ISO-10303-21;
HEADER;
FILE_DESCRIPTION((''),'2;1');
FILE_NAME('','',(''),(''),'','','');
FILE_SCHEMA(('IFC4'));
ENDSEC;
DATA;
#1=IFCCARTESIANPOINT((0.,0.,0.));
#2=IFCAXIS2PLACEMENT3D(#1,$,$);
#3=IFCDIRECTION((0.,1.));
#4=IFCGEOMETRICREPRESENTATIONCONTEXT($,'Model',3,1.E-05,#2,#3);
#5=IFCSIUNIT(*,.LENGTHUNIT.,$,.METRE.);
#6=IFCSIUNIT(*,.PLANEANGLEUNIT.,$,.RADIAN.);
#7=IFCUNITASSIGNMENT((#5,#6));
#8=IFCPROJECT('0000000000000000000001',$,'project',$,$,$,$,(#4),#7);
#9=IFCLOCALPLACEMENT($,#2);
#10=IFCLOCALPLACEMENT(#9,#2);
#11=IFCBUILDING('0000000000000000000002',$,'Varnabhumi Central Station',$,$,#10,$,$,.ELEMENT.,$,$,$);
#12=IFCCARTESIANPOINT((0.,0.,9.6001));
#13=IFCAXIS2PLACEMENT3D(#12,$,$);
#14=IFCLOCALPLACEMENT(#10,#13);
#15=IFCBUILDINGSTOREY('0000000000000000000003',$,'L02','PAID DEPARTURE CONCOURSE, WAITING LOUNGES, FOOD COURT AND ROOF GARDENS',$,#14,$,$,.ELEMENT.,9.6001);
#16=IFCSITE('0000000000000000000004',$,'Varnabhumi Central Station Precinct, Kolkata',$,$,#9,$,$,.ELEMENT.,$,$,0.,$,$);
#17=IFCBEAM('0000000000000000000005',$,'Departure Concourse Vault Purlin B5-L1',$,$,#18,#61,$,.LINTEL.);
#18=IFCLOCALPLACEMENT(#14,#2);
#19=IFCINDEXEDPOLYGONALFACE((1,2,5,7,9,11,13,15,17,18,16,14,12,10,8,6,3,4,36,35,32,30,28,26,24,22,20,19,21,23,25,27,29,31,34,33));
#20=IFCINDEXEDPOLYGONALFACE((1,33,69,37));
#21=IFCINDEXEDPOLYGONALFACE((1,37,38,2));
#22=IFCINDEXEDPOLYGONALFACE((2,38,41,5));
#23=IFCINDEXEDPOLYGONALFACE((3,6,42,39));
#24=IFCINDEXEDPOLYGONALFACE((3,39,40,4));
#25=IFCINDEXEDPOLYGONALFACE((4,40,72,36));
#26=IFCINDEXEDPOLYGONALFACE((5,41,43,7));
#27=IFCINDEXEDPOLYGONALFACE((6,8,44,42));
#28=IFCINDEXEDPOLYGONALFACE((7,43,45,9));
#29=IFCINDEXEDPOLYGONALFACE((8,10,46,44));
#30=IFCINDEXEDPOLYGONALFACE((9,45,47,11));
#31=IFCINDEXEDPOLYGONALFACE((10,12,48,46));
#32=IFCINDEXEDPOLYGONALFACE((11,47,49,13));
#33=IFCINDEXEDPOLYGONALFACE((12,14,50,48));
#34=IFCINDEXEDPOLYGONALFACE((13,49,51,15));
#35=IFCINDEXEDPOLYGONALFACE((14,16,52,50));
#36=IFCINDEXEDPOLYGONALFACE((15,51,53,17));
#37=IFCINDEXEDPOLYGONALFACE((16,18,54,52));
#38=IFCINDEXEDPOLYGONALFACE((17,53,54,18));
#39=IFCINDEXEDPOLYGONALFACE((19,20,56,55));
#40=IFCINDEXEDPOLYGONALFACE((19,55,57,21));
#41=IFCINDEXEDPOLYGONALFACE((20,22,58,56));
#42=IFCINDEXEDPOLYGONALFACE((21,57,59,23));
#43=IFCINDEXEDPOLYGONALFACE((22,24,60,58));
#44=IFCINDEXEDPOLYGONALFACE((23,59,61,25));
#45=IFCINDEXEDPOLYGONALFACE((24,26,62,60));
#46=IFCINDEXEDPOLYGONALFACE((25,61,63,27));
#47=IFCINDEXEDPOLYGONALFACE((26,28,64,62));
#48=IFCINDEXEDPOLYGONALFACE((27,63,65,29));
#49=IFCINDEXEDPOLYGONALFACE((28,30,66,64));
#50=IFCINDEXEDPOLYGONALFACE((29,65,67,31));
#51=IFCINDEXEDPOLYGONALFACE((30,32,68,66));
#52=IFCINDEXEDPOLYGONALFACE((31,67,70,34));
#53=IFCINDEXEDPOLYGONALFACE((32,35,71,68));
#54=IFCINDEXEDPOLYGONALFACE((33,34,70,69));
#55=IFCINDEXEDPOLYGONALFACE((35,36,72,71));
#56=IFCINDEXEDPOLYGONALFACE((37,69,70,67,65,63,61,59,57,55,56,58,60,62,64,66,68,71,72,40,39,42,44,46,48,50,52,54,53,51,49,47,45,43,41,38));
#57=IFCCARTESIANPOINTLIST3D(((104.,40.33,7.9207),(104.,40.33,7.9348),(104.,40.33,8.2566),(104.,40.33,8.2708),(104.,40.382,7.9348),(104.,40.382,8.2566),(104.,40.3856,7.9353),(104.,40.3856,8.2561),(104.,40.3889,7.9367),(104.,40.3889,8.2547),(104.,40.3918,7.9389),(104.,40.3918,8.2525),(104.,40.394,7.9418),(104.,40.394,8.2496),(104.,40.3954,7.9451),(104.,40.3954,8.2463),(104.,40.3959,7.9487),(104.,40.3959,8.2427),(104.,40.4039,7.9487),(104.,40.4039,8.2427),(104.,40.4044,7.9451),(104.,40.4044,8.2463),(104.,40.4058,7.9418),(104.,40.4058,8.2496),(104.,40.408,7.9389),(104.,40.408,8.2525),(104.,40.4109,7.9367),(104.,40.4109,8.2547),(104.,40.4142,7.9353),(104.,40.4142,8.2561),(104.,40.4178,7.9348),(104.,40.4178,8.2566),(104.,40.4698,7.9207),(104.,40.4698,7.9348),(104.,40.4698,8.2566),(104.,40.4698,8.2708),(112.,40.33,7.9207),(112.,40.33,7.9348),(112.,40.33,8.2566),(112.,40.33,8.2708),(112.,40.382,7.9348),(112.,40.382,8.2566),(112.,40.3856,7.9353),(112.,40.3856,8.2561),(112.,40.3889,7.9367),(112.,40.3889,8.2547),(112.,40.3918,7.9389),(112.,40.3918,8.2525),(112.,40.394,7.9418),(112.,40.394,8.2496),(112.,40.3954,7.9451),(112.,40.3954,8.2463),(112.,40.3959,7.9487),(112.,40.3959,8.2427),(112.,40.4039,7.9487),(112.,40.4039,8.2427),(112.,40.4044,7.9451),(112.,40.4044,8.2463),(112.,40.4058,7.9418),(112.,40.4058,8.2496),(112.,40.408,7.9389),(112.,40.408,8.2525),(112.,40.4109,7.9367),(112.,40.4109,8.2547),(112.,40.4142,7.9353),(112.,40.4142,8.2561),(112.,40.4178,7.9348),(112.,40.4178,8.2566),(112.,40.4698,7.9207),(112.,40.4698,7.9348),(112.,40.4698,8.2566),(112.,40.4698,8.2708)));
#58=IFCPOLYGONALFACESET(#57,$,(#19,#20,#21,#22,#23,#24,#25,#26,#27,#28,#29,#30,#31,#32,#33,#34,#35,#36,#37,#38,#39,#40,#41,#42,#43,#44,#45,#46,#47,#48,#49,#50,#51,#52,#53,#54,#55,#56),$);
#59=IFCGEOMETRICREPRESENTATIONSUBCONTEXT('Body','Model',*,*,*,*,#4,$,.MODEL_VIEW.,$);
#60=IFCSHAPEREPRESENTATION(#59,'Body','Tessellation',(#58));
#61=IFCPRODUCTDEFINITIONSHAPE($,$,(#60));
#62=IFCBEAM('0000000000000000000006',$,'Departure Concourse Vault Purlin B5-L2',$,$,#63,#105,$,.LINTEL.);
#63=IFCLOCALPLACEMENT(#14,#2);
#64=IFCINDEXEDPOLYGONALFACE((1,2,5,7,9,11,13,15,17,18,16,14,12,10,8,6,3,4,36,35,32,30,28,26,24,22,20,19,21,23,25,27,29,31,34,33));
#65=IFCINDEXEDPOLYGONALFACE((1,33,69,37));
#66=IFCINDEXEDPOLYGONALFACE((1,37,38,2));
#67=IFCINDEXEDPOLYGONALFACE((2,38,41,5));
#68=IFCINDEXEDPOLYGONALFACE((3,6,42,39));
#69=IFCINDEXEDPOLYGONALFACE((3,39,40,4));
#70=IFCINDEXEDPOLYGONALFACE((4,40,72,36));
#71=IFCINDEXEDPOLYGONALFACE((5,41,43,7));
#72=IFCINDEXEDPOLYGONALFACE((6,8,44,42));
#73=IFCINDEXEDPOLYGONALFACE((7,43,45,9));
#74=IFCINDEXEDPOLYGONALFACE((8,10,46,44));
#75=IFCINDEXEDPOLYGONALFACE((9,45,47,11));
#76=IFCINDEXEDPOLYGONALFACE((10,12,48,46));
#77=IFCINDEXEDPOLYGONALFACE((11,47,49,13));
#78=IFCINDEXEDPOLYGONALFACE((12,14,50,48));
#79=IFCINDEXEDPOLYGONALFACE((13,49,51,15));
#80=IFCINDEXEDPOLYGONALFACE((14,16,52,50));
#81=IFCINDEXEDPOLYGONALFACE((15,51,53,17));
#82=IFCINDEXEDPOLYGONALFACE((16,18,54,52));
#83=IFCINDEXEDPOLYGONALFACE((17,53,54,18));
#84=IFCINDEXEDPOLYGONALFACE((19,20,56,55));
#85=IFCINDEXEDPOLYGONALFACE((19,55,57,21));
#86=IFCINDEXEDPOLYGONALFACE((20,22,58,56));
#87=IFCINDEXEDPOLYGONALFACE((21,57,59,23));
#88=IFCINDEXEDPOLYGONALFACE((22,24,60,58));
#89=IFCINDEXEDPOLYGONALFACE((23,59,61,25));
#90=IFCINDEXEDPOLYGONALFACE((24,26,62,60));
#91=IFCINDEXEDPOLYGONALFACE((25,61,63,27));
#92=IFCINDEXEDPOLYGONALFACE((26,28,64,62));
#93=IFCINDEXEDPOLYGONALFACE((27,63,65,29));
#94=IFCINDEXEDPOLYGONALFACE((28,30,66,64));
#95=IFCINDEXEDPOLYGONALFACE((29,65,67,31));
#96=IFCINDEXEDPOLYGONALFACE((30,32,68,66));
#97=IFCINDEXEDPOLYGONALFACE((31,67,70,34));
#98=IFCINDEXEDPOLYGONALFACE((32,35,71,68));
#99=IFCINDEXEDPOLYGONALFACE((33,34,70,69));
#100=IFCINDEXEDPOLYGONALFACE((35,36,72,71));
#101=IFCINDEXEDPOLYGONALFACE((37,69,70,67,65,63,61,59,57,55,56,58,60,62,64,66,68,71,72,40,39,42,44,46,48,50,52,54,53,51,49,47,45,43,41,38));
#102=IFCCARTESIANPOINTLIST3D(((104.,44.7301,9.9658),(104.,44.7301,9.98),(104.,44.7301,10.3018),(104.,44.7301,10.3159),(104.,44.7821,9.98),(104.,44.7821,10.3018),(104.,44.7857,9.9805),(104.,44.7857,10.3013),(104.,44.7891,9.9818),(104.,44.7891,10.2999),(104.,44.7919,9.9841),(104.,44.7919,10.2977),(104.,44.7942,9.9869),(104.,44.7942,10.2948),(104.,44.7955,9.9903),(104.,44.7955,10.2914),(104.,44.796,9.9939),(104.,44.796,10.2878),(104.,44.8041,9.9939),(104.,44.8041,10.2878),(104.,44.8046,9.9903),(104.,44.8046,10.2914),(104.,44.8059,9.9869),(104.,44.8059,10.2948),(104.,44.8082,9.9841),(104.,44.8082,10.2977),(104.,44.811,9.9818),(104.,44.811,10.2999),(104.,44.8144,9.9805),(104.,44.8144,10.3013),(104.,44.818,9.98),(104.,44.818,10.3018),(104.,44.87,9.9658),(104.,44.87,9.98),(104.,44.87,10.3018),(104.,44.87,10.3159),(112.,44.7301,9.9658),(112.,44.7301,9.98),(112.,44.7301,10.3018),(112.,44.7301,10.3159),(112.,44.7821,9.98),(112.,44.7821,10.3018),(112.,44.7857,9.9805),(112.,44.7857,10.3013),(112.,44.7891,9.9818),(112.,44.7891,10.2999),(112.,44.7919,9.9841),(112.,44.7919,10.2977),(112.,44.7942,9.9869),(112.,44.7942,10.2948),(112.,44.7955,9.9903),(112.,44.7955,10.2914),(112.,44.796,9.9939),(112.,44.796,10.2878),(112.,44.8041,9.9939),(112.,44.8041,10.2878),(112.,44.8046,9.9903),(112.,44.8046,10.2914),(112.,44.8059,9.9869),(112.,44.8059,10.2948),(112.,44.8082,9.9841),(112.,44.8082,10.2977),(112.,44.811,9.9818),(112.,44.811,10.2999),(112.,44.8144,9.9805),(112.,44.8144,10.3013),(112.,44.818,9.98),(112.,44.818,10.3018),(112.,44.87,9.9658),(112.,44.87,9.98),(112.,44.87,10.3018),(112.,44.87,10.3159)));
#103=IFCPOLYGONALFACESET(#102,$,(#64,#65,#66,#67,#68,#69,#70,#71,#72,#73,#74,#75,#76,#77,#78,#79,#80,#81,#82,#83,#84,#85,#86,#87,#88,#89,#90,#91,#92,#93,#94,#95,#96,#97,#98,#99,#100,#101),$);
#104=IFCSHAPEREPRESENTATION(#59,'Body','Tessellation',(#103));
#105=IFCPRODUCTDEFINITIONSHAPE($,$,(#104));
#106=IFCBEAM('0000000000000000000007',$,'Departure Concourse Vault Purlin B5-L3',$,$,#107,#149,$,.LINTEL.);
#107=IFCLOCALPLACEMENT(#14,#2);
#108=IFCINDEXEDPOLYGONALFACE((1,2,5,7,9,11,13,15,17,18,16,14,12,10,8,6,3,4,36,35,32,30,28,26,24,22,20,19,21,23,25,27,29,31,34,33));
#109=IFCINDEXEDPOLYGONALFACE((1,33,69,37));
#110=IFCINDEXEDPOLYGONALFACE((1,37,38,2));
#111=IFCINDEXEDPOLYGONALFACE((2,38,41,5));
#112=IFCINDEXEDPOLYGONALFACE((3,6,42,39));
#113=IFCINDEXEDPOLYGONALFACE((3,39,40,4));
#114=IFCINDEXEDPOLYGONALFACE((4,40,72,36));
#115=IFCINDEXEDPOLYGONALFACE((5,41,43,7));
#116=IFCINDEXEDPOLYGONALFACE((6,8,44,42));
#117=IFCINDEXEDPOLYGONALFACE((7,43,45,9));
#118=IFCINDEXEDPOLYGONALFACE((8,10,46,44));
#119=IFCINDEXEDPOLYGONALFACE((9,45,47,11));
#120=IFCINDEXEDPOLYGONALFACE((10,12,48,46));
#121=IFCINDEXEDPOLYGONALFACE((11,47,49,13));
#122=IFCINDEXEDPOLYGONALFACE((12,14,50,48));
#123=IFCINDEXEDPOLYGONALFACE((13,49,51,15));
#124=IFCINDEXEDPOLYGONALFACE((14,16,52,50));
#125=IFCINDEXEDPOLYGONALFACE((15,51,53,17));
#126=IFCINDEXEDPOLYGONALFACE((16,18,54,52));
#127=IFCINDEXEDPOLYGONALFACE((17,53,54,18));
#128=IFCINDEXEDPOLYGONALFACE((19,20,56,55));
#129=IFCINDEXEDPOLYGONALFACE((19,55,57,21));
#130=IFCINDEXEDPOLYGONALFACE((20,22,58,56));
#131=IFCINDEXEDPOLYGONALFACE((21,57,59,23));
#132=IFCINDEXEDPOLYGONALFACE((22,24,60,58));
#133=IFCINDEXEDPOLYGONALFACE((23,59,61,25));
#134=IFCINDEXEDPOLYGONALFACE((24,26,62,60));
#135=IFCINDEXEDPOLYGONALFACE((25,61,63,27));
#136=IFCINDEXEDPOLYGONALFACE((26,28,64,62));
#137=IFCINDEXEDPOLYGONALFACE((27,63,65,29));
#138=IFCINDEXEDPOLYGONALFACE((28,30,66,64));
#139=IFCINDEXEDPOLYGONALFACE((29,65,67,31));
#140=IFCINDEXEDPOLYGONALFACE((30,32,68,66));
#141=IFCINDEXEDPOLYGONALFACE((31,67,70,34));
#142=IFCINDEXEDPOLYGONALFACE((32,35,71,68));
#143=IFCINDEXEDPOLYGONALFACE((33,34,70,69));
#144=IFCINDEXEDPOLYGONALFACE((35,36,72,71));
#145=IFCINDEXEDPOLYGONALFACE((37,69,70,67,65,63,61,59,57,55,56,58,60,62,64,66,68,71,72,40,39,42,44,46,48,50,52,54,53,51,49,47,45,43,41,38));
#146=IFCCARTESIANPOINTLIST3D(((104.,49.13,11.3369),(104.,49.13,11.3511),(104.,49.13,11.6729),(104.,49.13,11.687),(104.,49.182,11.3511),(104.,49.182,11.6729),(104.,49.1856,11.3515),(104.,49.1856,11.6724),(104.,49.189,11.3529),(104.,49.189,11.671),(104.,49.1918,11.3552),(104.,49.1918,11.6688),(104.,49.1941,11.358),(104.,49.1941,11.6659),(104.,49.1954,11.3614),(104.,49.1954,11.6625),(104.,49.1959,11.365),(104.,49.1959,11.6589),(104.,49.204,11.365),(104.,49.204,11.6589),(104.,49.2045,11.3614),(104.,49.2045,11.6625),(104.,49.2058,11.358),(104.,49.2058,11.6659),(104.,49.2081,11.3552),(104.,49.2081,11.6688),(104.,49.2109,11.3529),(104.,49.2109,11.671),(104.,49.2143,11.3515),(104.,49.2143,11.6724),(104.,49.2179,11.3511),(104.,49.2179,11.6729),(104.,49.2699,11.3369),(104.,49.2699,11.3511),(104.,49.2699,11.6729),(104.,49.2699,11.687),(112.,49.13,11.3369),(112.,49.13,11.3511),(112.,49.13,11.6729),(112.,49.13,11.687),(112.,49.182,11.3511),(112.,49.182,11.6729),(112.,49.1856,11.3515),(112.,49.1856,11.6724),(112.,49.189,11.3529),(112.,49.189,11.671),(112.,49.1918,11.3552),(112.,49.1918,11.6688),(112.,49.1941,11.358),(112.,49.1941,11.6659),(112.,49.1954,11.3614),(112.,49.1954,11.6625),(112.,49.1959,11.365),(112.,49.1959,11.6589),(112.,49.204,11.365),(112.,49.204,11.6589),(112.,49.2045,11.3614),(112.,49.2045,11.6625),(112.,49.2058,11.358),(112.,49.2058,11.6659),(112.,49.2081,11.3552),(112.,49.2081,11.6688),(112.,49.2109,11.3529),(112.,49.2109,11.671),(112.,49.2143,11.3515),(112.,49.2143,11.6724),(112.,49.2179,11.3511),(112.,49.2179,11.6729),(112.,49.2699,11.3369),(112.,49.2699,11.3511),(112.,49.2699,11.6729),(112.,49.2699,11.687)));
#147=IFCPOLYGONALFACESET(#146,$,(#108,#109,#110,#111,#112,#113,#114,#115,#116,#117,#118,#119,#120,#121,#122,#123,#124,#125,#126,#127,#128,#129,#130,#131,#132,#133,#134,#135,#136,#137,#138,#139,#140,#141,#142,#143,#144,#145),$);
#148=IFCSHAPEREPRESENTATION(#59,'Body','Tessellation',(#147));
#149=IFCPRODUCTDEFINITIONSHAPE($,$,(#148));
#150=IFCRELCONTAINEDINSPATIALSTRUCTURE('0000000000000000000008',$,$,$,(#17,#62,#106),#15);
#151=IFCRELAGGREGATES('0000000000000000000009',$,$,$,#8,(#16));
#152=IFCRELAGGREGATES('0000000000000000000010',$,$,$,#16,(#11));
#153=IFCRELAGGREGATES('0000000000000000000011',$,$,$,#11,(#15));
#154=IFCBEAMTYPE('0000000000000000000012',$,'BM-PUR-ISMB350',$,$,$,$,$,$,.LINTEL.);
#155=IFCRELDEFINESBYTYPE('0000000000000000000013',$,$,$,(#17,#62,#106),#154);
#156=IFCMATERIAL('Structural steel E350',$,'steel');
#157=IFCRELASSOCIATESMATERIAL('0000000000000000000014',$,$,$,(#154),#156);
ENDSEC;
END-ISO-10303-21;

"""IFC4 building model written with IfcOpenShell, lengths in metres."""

from ifc_helpers import new_model, si_unit, direction, frame, origin, origin_2d, place, context, subcontext, project, spatial, i_section, extrude, material, material_profile, profile_set, type_object, element, save


model = new_model("IFC4")

# Units and contexts
model_context = context("Model", 3, precision=1e-05, world=origin(), true_north=direction((0.0, 1.0)))
body_context = subcontext(model_context, "Body", "Model", "MODEL_VIEW")
ifc_project = project(units=[si_unit("LENGTHUNIT", "METRE"), si_unit("PLANEANGLEUNIT", "RADIAN")], contexts=[model_context])

# Site, building, storey
site_placement = place(None, origin())
site = spatial("IfcSite", under=ifc_project, at=site_placement, Name="Varnabhumi Central Station Precinct, Kolkata", CompositionType="ELEMENT", RefElevation=0.0)
building_placement = place(site_placement, origin())
building = spatial("IfcBuilding", under=site, at=building_placement, Name="Varnabhumi Central Station", CompositionType="ELEMENT")
storey_placement = place(building_placement, frame((0.0, 0.0, 9.6001)))
storey = spatial("IfcBuildingStorey", under=building, at=storey_placement, Name="L02", Description="PAID DEPARTURE CONCOURSE, WAITING LOUNGES, FOOD COURT AND ROOF GARDENS", CompositionType="ELEMENT", Elevation=9.6001)

# Beams
ifc_material_1 = material(Name="Structural steel E350", Category="steel")
ifc_material_profile_1 = material_profile(ifc_material_1, i_section(OverallWidth=0.1399, OverallDepth=0.3501, WebThickness=0.0081, FlangeThickness=0.0142, FilletRadius=0.0139, at=origin_2d()), Name="Structural steel E350", Category="steel")
ifc_profile_set_1 = profile_set([ifc_material_profile_1], Name="Structural steel E350")
beam_type_1 = type_object("IfcBeamType", Name="BM-PUR-ISMB350", PredefinedType="LINTEL", material=ifc_profile_set_1)
for number, where, z_axis, x_axis, name in (
    (1, (104.0, 40.3999, 8.0957), (1.0, 0.0, 0.0), (0.0, 1.0, 0.0), "Departure Concourse Vault Purlin B5-L1"),
    (2, (104.0, 44.8, 10.1409), (1.0, 0.0, 0.0), (0.0, 1.0, 0.0), "Departure Concourse Vault Purlin B5-L2"),
    (3, (104.0, 49.2, 11.512), (1.0, 0.0, 0.0), (0.0, 1.0, 0.0), "Departure Concourse Vault Purlin B5-L3"),
):
    element("IfcBeam", number, at=place(storey_placement, frame(where, z_axis=z_axis, x_axis=x_axis)), inside=storey, type_object=beam_type_1, Name=name, PredefinedType="LINTEL", context=body_context, shape_type="SweptSolid", body=[
        extrude(i_section(OverallWidth=0.1399, OverallDepth=0.3501, WebThickness=0.0081, FlangeThickness=0.0142, FilletRadius=0.0139, at=origin_2d()), origin(), (0.0, 0.0, 1.0), 8.0),
    ])

save(model, "model.ifc")
